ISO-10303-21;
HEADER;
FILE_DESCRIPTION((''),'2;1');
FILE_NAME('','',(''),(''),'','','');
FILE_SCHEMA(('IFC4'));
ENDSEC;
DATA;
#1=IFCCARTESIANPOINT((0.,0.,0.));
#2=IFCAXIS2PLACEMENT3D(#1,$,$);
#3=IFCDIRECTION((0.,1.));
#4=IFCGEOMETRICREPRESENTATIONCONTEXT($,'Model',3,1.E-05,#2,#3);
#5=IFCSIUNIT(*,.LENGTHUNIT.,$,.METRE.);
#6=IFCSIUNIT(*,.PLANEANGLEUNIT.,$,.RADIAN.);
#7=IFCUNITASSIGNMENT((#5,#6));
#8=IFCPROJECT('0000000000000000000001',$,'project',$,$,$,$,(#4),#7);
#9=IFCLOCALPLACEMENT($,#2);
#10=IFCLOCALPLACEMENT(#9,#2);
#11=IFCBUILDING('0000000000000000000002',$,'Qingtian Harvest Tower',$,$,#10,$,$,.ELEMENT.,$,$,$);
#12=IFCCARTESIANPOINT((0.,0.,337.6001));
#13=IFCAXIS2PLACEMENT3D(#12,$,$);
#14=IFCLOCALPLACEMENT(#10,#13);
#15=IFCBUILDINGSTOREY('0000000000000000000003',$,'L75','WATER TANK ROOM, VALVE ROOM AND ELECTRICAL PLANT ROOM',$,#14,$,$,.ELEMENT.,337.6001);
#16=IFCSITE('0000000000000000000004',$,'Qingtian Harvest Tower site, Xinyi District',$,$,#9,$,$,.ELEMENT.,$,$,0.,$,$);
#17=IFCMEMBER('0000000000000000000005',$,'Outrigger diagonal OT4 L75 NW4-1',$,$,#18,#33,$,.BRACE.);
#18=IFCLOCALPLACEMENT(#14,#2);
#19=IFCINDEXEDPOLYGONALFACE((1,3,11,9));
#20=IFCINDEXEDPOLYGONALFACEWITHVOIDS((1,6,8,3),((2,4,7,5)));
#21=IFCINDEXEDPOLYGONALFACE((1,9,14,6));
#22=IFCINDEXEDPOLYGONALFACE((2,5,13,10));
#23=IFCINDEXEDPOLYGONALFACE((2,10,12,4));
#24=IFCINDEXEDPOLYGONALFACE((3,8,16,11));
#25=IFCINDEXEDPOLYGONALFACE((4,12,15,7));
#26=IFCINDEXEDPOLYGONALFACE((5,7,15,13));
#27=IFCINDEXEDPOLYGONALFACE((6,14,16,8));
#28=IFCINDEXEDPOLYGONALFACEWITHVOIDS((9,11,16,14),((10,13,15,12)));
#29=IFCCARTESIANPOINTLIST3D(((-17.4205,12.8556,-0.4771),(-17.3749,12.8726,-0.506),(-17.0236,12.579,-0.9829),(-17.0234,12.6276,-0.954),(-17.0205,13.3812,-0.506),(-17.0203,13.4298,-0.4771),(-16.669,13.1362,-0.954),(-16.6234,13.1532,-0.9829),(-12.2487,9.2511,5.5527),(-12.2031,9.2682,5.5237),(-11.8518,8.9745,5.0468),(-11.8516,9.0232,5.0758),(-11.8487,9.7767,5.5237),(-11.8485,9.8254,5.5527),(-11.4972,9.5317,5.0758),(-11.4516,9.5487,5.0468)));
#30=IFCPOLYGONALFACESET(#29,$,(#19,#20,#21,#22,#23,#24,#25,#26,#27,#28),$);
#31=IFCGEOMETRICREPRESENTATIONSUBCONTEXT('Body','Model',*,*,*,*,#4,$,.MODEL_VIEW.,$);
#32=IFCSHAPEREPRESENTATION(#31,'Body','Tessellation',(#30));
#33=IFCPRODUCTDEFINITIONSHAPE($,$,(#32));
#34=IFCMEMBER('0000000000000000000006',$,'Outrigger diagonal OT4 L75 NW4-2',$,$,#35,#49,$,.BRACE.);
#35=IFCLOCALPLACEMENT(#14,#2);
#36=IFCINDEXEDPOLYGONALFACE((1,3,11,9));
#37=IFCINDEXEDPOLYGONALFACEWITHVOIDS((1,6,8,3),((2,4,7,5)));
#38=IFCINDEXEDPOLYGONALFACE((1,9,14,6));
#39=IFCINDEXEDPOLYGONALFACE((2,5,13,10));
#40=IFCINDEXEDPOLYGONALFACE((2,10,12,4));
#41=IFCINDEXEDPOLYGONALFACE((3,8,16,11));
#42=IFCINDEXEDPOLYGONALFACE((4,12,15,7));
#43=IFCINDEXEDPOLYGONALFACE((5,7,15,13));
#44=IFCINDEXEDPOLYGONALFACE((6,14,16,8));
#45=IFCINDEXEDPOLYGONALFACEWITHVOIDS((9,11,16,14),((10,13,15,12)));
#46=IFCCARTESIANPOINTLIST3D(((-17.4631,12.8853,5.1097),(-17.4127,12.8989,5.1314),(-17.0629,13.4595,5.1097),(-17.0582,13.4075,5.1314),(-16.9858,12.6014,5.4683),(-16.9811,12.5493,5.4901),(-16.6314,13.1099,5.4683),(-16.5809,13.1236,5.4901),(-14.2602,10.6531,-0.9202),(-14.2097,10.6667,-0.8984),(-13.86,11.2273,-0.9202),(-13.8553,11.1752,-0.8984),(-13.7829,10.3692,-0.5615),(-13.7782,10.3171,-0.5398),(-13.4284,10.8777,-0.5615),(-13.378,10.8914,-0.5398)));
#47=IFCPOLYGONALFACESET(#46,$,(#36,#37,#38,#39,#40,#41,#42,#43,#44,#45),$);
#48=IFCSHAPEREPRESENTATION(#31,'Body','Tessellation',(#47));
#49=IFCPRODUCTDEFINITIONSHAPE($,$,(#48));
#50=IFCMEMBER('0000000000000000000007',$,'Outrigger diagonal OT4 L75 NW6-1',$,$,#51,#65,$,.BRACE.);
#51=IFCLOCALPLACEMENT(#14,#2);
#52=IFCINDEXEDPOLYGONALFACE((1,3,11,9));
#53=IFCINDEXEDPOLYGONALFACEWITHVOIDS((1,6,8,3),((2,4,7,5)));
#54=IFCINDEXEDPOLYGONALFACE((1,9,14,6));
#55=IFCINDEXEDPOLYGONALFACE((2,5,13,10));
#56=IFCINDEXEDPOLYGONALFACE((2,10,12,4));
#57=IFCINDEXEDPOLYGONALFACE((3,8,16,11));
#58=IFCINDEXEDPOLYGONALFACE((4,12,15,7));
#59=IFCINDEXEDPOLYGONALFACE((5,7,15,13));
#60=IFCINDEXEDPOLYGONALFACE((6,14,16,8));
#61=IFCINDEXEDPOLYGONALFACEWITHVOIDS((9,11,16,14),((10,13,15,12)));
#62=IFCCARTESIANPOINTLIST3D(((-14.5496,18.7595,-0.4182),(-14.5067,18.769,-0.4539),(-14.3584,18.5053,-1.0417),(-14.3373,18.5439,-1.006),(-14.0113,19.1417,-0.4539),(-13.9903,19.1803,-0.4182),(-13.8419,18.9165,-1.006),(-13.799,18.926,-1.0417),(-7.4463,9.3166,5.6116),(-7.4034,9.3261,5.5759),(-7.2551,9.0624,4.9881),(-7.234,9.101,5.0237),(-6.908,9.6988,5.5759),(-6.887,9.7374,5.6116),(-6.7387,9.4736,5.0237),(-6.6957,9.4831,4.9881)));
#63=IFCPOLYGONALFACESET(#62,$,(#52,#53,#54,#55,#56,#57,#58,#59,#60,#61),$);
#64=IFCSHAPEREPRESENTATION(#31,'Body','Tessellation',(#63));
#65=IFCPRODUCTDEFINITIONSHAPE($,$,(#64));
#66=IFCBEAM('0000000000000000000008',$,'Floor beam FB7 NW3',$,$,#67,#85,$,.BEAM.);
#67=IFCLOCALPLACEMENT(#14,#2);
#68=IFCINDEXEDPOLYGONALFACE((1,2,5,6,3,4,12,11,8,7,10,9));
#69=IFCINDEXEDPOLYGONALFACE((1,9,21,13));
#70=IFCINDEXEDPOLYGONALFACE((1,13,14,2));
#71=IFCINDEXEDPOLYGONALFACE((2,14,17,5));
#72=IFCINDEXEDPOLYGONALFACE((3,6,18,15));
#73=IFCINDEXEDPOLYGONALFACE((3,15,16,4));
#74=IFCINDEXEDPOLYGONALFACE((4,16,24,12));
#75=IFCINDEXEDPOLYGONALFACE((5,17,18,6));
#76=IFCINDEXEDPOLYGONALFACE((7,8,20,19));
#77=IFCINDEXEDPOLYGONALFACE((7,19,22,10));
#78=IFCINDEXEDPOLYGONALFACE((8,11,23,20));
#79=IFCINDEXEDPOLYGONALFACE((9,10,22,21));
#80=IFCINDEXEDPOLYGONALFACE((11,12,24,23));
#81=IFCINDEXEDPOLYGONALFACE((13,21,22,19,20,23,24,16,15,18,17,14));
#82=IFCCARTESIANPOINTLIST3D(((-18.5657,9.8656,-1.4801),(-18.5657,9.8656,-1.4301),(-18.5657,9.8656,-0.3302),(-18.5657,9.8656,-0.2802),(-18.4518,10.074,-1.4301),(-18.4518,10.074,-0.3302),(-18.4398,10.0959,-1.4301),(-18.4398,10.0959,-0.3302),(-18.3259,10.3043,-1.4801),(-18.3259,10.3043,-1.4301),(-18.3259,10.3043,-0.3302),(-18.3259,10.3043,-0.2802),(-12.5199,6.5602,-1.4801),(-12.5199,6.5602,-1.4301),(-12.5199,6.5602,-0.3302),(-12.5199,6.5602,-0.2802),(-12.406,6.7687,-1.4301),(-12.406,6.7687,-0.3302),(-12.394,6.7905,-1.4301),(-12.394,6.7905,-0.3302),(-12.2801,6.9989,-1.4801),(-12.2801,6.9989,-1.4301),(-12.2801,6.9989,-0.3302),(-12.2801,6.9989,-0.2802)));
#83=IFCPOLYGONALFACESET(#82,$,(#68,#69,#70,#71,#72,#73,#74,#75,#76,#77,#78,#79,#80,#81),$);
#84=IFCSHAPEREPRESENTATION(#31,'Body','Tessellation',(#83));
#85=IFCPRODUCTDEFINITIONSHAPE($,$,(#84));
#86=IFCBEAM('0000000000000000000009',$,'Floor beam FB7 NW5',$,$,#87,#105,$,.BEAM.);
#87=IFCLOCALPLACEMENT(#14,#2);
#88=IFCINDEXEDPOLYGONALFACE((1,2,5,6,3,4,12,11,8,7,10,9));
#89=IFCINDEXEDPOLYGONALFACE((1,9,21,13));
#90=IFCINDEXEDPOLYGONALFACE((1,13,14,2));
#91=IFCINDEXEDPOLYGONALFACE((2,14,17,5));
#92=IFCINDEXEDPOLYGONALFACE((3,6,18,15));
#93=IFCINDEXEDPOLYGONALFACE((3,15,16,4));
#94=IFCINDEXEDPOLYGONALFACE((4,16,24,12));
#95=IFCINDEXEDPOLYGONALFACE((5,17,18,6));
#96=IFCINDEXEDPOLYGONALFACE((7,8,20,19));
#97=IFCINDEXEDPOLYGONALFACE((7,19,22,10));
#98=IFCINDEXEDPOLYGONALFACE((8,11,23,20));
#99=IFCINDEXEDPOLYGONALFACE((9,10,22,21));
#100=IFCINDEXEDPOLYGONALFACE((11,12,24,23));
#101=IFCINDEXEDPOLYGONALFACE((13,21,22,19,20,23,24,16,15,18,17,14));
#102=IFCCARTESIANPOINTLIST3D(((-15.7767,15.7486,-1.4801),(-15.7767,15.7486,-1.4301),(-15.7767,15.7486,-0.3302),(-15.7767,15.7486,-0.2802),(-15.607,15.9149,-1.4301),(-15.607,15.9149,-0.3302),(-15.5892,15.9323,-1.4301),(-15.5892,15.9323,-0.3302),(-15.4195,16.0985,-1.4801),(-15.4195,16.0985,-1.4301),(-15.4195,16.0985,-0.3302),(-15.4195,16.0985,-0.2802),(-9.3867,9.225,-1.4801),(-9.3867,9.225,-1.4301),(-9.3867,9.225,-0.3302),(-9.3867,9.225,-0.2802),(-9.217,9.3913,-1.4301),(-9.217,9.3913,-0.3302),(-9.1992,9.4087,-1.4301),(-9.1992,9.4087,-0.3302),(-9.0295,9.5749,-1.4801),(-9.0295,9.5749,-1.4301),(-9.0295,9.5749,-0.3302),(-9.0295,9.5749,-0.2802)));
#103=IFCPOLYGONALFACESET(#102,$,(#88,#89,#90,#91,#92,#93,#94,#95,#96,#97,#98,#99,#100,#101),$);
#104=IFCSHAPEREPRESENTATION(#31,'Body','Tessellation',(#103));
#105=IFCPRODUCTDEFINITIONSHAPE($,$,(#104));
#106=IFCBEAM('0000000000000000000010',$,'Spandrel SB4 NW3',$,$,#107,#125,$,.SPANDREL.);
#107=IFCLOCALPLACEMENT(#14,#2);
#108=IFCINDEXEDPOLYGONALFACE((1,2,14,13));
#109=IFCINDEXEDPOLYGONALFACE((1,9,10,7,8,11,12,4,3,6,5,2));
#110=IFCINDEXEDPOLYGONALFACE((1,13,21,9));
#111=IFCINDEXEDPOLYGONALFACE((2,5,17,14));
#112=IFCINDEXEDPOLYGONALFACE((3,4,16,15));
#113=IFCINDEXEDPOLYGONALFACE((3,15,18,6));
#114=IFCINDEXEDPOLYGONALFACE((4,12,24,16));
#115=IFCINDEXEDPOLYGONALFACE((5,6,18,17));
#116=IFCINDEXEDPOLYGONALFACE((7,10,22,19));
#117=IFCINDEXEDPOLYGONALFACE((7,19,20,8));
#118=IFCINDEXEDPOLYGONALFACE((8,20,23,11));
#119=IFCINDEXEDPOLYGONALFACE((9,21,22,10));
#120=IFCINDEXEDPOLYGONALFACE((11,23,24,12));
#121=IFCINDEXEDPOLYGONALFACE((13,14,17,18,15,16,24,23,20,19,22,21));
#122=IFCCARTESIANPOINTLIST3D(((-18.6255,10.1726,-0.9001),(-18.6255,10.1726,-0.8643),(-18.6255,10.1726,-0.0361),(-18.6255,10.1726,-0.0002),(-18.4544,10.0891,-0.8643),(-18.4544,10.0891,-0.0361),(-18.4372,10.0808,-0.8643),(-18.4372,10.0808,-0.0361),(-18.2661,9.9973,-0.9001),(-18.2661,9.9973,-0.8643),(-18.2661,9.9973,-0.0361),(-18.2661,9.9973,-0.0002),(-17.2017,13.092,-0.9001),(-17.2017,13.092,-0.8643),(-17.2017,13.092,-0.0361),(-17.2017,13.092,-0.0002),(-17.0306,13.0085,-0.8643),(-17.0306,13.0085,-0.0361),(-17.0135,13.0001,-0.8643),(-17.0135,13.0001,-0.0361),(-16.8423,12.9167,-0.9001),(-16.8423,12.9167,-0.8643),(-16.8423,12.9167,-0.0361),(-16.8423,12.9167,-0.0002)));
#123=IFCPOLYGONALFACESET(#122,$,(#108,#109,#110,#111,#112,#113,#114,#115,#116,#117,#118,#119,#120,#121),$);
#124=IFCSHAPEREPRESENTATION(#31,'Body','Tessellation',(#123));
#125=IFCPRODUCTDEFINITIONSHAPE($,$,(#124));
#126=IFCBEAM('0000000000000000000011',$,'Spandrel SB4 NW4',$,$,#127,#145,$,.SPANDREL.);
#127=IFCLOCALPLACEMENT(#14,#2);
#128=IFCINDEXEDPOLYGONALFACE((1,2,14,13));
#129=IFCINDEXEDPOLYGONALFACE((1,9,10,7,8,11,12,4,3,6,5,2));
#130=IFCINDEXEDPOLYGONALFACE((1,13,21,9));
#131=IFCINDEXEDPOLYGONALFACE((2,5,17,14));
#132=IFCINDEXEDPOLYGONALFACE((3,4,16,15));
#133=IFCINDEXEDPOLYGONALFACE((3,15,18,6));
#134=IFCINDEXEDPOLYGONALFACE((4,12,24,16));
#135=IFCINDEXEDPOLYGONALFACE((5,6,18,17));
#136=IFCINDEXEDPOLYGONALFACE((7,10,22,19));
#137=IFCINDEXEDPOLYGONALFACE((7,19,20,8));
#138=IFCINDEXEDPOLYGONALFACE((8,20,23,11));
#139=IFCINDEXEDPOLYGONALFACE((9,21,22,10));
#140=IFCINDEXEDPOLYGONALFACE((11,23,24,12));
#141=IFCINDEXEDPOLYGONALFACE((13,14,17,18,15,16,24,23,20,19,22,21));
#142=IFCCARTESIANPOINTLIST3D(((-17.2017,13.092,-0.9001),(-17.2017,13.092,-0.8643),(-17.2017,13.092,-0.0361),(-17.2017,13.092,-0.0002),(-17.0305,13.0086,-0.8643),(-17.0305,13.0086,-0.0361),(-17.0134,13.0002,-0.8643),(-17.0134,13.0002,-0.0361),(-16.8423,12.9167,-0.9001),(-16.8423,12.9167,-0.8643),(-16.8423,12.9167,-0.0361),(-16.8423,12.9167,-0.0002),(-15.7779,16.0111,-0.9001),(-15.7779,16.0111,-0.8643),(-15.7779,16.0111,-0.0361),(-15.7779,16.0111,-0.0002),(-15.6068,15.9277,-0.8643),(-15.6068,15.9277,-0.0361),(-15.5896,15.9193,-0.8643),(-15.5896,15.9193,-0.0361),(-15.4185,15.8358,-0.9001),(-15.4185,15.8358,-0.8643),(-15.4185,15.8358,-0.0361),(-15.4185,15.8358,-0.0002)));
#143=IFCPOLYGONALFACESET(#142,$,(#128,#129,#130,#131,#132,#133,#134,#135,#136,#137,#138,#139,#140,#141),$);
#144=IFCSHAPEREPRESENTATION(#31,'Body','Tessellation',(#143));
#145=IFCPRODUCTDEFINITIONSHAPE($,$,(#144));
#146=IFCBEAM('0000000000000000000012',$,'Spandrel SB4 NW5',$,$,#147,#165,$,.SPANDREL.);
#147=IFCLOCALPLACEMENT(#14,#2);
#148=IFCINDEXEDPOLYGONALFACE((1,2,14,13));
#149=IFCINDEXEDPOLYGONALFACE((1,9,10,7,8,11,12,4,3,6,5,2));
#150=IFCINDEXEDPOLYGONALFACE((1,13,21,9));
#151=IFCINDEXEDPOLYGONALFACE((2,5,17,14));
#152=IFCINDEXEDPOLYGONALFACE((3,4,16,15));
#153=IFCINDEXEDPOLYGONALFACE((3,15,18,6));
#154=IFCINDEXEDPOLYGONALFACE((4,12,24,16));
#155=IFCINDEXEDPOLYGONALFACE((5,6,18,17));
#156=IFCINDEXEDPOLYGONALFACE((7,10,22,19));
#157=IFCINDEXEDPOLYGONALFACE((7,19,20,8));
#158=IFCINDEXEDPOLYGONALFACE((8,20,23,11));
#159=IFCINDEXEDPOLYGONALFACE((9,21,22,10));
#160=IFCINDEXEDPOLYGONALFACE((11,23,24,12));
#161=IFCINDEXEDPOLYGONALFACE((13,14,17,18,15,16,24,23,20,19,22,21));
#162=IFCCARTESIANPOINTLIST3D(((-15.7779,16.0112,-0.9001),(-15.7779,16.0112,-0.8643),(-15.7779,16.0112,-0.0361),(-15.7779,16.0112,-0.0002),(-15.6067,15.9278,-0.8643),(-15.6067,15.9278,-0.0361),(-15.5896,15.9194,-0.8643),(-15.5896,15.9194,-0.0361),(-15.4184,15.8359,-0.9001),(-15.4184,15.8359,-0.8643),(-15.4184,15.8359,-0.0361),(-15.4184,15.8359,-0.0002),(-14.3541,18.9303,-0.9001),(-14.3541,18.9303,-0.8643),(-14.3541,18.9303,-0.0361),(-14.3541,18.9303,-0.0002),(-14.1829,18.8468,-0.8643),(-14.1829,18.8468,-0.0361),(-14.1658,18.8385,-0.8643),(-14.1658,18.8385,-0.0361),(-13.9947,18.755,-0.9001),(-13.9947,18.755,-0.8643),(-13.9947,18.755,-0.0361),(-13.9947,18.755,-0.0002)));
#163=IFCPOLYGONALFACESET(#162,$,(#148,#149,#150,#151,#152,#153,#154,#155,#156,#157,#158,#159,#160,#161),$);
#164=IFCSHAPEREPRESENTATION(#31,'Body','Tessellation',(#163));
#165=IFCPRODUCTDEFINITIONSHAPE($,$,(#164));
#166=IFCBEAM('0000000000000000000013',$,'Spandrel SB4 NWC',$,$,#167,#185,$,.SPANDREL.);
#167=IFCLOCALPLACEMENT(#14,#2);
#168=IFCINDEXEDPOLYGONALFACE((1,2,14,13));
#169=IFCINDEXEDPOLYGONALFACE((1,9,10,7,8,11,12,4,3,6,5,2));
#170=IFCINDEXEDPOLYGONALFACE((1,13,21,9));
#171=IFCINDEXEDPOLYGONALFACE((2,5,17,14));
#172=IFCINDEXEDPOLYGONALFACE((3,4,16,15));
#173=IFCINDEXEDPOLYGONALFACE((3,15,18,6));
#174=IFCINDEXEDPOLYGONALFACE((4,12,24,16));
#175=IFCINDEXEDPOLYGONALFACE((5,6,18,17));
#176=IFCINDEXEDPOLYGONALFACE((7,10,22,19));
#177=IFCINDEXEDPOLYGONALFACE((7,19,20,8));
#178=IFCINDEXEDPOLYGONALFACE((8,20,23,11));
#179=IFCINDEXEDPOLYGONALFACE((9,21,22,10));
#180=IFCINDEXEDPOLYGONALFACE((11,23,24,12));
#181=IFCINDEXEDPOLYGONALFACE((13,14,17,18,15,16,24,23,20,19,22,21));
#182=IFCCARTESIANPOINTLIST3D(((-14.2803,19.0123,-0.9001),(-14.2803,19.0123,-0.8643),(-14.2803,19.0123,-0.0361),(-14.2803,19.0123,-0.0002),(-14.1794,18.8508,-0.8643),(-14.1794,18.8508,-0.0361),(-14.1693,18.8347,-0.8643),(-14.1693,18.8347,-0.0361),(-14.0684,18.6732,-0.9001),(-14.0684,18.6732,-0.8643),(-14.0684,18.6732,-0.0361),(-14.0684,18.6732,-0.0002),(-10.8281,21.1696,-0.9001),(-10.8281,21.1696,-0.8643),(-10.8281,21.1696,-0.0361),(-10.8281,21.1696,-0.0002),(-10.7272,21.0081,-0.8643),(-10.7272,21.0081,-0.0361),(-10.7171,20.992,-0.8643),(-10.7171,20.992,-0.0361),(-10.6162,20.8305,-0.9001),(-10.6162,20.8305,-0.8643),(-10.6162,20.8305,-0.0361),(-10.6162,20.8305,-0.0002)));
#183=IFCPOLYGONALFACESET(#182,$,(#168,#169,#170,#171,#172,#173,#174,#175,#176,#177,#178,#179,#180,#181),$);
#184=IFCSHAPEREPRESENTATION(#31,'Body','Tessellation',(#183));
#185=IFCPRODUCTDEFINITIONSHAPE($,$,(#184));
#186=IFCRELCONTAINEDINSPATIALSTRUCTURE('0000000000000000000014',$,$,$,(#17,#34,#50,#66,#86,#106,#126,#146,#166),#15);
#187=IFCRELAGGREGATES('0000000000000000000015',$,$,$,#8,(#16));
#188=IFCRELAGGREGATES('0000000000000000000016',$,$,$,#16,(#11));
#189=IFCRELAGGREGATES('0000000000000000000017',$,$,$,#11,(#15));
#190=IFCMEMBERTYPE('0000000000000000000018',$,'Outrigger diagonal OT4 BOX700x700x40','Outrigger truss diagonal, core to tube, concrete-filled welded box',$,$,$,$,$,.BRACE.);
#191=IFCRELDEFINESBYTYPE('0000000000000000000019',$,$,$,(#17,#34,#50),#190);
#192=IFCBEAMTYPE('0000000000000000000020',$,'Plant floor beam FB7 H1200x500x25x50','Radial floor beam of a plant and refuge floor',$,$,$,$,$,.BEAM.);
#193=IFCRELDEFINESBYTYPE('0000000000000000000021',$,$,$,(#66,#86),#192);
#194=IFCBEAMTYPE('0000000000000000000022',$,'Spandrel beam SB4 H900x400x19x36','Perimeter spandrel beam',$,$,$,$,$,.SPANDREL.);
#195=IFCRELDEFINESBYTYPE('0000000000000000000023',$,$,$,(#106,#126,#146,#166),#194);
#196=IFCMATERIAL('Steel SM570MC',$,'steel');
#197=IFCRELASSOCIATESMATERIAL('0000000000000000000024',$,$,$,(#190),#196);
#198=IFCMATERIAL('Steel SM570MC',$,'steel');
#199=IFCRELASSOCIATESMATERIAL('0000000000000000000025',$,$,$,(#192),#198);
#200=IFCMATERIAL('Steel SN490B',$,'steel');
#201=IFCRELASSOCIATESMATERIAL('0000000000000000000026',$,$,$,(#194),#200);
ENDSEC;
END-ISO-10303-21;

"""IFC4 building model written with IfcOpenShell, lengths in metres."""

from ifc_helpers import new_model, si_unit, direction, frame, origin, origin_2d, place, context, subcontext, project, spatial, hollow_rectangle, i_section, extrude, material, material_profile, profile_set, type_object, element, save


model = new_model("IFC4")

# Units and contexts
model_context = context("Model", 3, precision=1e-05, world=origin(), true_north=direction((0.0, 1.0)))
body_context = subcontext(model_context, "Body", "Model", "MODEL_VIEW")
ifc_project = project(units=[si_unit("LENGTHUNIT", "METRE"), si_unit("PLANEANGLEUNIT", "RADIAN")], contexts=[model_context])

# Site, building, storey
site_placement = place(None, origin())
site = spatial("IfcSite", under=ifc_project, at=site_placement, Name="Qingtian Harvest Tower site, Xinyi District", CompositionType="ELEMENT", RefElevation=0.0)
building_placement = place(site_placement, origin())
building = spatial("IfcBuilding", under=site, at=building_placement, Name="Qingtian Harvest Tower", CompositionType="ELEMENT")
storey_placement = place(building_placement, frame((0.0, 0.0, 337.6001)))
storey = spatial("IfcBuildingStorey", under=building, at=storey_placement, Name="L75", Description="WATER TANK ROOM, VALVE ROOM AND ELECTRICAL PLANT ROOM", CompositionType="ELEMENT", Elevation=337.6001)

# Members
ifc_material_1 = material(Name="Steel SM570MC", Category="steel")
ifc_material_profile_1 = material_profile(ifc_material_1, hollow_rectangle(XDim=0.7, YDim=0.7, WallThickness=0.04, at=origin_2d()), Name="BOX700x700x40")
ifc_profile_set_1 = profile_set([ifc_material_profile_1], Name="Steel SM570MC")
member_type = type_object("IfcMemberType", Name="Outrigger diagonal OT4 BOX700x700x40", Description="Outrigger truss diagonal, core to tube, concrete-filled welded box", PredefinedType="BRACE", material=ifc_profile_set_1)
member_1_placement = place(storey_placement, frame((-17.022, 13.0044, -0.73), z_axis=(0.592869, -0.413195, 0.691214), x_axis=(0.571777, 0.820409, 0.0)))
element("IfcMember", 1, at=member_1_placement, inside=storey, type_object=member_type, Name="Outrigger diagonal OT4 L75 NW4-1", PredefinedType="BRACE", context=body_context, shape_type="SweptSolid", body=[
    extrude(hollow_rectangle(XDim=0.7, YDim=0.7, WallThickness=0.04, at=origin_2d()), origin(), (0.0, 0.0, 1.0), 8.7234),
])
member_2_placement = place(storey_placement, frame((-13.8191, 10.7722, -0.73), z_axis=(-0.445881, 0.310747, 0.839421), x_axis=(-0.57177, -0.820414, 0.0)))
element("IfcMember", 2, at=member_2_placement, inside=storey, type_object=member_type, Name="Outrigger diagonal OT4 L75 NW4-2", PredefinedType="BRACE", context=body_context, shape_type="SweptSolid", body=[
    extrude(hollow_rectangle(XDim=0.7, YDim=0.7, WallThickness=0.04, at=origin_2d()), origin(), (0.0, 0.0, 1.0), 7.1833),
])
member_3_placement = place(storey_placement, frame((-14.1743, 18.8428, -0.73), z_axis=(0.535456, -0.711818, 0.454535), x_axis=(0.799141, 0.601143, 0.0)))
element("IfcMember", 3, at=member_3_placement, inside=storey, type_object=member_type, Name="Outrigger diagonal OT4 L75 NW6-1", PredefinedType="BRACE", context=body_context, shape_type="SweptSolid", body=[
    extrude(hollow_rectangle(XDim=0.7, YDim=0.7, WallThickness=0.04, at=origin_2d()), origin(), (0.0, 0.0, 1.0), 13.2659),
])

# Beams
ifc_material_2 = material(Name="Steel SM570MC", Category="steel")
ifc_material_profile_2 = material_profile(ifc_material_2, i_section(OverallWidth=0.5, OverallDepth=1.2, WebThickness=0.0249, FlangeThickness=0.05, at=origin_2d()), Name="H1200x500x25x50")
ifc_profile_set_2 = profile_set([ifc_material_profile_2], Name="Steel SM570MC")
beam_type_1 = type_object("IfcBeamType", Name="Plant floor beam FB7 H1200x500x25x50", Description="Radial floor beam of a plant and refuge floor", PredefinedType="BEAM", material=ifc_profile_set_2)
beam_1_placement = place(storey_placement, frame((-18.4458, 10.085, -0.8801), z_axis=(0.877428, -0.479708, 0.0), x_axis=(0.479708, 0.877428, 0.0)))
element("IfcBeam", 4, at=beam_1_placement, inside=storey, type_object=beam_type_1, Name="Floor beam FB7 NW3", PredefinedType="BEAM", context=body_context, shape_type="SweptSolid", body=[
    extrude(i_section(OverallWidth=0.5, OverallDepth=1.2, WebThickness=0.0249, FlangeThickness=0.05, at=origin_2d()), origin(), (0.0, 0.0, 1.0), 6.8904),
])
beam_2_placement = place(storey_placement, frame((-15.5981, 15.9236, -0.8801), z_axis=(0.699757, -0.714381, 0.0), x_axis=(0.714381, 0.699757, 0.0)))
element("IfcBeam", 5, at=beam_2_placement, inside=storey, type_object=beam_type_1, Name="Floor beam FB7 NW5", PredefinedType="BEAM", context=body_context, shape_type="SweptSolid", body=[
    extrude(i_section(OverallWidth=0.5, OverallDepth=1.2, WebThickness=0.0249, FlangeThickness=0.05, at=origin_2d()), origin(), (0.0, 0.0, 1.0), 9.1318),
])
ifc_material_3 = material(Name="Steel SN490B", Category="steel")
ifc_material_profile_3 = material_profile(ifc_material_3, i_section(OverallWidth=0.3999, OverallDepth=0.8999, WebThickness=0.019, FlangeThickness=0.0359, at=origin_2d()), Name="H900x400x19x36")
ifc_profile_set_3 = profile_set([ifc_material_profile_3], Name="Steel SN490B")
beam_type_2 = type_object("IfcBeamType", Name="Spandrel beam SB4 H900x400x19x36", Description="Perimeter spandrel beam", PredefinedType="SPANDREL", material=ifc_profile_set_3)
beam_3_placement = place(storey_placement, frame((-18.4458, 10.085, -0.4502), z_axis=(0.438353, 0.898803, 0.0), x_axis=(-0.898803, 0.438353, 0.0)))
element("IfcBeam", 6, at=beam_3_placement, inside=storey, type_object=beam_type_2, Name="Spandrel SB4 NW3", PredefinedType="SPANDREL", context=body_context, shape_type="SweptSolid", body=[
    extrude(i_section(OverallWidth=0.3999, OverallDepth=0.8999, WebThickness=0.019, FlangeThickness=0.0359, at=origin_2d()), origin(), (0.0, 0.0, 1.0), 3.248),
])
for number, where, z_axis, x_axis, name in (
    (7, (-17.022, 13.0044, -0.4502), (0.438382, 0.898789, 0.0), (-0.898789, 0.438382, 0.0), "Spandrel SB4 NW4"),
    (8, (-15.5981, 15.9236, -0.4502), (0.438382, 0.898789, 0.0), (-0.898789, 0.438382, 0.0), "Spandrel SB4 NW5"),
):
    element("IfcBeam", number, at=place(storey_placement, frame(where, z_axis=z_axis, x_axis=x_axis)), inside=storey, type_object=beam_type_2, Name=name, PredefinedType="SPANDREL", context=body_context, shape_type="SweptSolid", body=[
        extrude(i_section(OverallWidth=0.3999, OverallDepth=0.8999, WebThickness=0.019, FlangeThickness=0.0359, at=origin_2d()), origin(), (0.0, 0.0, 1.0), 3.2478),
    ])
beam_4_placement = place(storey_placement, frame((-14.1743, 18.8428, -0.4502), z_axis=(0.848039, 0.529934, 0.0), x_axis=(-0.529934, 0.848039, 0.0)))
element("IfcBeam", 9, at=beam_4_placement, inside=storey, type_object=beam_type_2, Name="Spandrel SB4 NWC", PredefinedType="SPANDREL", context=body_context, shape_type="SweptSolid", body=[
    extrude(i_section(OverallWidth=0.3999, OverallDepth=0.8999, WebThickness=0.019, FlangeThickness=0.0359, at=origin_2d()), origin(), (0.0, 0.0, 1.0), 4.0708),
])

save(model, "model.ifc")
